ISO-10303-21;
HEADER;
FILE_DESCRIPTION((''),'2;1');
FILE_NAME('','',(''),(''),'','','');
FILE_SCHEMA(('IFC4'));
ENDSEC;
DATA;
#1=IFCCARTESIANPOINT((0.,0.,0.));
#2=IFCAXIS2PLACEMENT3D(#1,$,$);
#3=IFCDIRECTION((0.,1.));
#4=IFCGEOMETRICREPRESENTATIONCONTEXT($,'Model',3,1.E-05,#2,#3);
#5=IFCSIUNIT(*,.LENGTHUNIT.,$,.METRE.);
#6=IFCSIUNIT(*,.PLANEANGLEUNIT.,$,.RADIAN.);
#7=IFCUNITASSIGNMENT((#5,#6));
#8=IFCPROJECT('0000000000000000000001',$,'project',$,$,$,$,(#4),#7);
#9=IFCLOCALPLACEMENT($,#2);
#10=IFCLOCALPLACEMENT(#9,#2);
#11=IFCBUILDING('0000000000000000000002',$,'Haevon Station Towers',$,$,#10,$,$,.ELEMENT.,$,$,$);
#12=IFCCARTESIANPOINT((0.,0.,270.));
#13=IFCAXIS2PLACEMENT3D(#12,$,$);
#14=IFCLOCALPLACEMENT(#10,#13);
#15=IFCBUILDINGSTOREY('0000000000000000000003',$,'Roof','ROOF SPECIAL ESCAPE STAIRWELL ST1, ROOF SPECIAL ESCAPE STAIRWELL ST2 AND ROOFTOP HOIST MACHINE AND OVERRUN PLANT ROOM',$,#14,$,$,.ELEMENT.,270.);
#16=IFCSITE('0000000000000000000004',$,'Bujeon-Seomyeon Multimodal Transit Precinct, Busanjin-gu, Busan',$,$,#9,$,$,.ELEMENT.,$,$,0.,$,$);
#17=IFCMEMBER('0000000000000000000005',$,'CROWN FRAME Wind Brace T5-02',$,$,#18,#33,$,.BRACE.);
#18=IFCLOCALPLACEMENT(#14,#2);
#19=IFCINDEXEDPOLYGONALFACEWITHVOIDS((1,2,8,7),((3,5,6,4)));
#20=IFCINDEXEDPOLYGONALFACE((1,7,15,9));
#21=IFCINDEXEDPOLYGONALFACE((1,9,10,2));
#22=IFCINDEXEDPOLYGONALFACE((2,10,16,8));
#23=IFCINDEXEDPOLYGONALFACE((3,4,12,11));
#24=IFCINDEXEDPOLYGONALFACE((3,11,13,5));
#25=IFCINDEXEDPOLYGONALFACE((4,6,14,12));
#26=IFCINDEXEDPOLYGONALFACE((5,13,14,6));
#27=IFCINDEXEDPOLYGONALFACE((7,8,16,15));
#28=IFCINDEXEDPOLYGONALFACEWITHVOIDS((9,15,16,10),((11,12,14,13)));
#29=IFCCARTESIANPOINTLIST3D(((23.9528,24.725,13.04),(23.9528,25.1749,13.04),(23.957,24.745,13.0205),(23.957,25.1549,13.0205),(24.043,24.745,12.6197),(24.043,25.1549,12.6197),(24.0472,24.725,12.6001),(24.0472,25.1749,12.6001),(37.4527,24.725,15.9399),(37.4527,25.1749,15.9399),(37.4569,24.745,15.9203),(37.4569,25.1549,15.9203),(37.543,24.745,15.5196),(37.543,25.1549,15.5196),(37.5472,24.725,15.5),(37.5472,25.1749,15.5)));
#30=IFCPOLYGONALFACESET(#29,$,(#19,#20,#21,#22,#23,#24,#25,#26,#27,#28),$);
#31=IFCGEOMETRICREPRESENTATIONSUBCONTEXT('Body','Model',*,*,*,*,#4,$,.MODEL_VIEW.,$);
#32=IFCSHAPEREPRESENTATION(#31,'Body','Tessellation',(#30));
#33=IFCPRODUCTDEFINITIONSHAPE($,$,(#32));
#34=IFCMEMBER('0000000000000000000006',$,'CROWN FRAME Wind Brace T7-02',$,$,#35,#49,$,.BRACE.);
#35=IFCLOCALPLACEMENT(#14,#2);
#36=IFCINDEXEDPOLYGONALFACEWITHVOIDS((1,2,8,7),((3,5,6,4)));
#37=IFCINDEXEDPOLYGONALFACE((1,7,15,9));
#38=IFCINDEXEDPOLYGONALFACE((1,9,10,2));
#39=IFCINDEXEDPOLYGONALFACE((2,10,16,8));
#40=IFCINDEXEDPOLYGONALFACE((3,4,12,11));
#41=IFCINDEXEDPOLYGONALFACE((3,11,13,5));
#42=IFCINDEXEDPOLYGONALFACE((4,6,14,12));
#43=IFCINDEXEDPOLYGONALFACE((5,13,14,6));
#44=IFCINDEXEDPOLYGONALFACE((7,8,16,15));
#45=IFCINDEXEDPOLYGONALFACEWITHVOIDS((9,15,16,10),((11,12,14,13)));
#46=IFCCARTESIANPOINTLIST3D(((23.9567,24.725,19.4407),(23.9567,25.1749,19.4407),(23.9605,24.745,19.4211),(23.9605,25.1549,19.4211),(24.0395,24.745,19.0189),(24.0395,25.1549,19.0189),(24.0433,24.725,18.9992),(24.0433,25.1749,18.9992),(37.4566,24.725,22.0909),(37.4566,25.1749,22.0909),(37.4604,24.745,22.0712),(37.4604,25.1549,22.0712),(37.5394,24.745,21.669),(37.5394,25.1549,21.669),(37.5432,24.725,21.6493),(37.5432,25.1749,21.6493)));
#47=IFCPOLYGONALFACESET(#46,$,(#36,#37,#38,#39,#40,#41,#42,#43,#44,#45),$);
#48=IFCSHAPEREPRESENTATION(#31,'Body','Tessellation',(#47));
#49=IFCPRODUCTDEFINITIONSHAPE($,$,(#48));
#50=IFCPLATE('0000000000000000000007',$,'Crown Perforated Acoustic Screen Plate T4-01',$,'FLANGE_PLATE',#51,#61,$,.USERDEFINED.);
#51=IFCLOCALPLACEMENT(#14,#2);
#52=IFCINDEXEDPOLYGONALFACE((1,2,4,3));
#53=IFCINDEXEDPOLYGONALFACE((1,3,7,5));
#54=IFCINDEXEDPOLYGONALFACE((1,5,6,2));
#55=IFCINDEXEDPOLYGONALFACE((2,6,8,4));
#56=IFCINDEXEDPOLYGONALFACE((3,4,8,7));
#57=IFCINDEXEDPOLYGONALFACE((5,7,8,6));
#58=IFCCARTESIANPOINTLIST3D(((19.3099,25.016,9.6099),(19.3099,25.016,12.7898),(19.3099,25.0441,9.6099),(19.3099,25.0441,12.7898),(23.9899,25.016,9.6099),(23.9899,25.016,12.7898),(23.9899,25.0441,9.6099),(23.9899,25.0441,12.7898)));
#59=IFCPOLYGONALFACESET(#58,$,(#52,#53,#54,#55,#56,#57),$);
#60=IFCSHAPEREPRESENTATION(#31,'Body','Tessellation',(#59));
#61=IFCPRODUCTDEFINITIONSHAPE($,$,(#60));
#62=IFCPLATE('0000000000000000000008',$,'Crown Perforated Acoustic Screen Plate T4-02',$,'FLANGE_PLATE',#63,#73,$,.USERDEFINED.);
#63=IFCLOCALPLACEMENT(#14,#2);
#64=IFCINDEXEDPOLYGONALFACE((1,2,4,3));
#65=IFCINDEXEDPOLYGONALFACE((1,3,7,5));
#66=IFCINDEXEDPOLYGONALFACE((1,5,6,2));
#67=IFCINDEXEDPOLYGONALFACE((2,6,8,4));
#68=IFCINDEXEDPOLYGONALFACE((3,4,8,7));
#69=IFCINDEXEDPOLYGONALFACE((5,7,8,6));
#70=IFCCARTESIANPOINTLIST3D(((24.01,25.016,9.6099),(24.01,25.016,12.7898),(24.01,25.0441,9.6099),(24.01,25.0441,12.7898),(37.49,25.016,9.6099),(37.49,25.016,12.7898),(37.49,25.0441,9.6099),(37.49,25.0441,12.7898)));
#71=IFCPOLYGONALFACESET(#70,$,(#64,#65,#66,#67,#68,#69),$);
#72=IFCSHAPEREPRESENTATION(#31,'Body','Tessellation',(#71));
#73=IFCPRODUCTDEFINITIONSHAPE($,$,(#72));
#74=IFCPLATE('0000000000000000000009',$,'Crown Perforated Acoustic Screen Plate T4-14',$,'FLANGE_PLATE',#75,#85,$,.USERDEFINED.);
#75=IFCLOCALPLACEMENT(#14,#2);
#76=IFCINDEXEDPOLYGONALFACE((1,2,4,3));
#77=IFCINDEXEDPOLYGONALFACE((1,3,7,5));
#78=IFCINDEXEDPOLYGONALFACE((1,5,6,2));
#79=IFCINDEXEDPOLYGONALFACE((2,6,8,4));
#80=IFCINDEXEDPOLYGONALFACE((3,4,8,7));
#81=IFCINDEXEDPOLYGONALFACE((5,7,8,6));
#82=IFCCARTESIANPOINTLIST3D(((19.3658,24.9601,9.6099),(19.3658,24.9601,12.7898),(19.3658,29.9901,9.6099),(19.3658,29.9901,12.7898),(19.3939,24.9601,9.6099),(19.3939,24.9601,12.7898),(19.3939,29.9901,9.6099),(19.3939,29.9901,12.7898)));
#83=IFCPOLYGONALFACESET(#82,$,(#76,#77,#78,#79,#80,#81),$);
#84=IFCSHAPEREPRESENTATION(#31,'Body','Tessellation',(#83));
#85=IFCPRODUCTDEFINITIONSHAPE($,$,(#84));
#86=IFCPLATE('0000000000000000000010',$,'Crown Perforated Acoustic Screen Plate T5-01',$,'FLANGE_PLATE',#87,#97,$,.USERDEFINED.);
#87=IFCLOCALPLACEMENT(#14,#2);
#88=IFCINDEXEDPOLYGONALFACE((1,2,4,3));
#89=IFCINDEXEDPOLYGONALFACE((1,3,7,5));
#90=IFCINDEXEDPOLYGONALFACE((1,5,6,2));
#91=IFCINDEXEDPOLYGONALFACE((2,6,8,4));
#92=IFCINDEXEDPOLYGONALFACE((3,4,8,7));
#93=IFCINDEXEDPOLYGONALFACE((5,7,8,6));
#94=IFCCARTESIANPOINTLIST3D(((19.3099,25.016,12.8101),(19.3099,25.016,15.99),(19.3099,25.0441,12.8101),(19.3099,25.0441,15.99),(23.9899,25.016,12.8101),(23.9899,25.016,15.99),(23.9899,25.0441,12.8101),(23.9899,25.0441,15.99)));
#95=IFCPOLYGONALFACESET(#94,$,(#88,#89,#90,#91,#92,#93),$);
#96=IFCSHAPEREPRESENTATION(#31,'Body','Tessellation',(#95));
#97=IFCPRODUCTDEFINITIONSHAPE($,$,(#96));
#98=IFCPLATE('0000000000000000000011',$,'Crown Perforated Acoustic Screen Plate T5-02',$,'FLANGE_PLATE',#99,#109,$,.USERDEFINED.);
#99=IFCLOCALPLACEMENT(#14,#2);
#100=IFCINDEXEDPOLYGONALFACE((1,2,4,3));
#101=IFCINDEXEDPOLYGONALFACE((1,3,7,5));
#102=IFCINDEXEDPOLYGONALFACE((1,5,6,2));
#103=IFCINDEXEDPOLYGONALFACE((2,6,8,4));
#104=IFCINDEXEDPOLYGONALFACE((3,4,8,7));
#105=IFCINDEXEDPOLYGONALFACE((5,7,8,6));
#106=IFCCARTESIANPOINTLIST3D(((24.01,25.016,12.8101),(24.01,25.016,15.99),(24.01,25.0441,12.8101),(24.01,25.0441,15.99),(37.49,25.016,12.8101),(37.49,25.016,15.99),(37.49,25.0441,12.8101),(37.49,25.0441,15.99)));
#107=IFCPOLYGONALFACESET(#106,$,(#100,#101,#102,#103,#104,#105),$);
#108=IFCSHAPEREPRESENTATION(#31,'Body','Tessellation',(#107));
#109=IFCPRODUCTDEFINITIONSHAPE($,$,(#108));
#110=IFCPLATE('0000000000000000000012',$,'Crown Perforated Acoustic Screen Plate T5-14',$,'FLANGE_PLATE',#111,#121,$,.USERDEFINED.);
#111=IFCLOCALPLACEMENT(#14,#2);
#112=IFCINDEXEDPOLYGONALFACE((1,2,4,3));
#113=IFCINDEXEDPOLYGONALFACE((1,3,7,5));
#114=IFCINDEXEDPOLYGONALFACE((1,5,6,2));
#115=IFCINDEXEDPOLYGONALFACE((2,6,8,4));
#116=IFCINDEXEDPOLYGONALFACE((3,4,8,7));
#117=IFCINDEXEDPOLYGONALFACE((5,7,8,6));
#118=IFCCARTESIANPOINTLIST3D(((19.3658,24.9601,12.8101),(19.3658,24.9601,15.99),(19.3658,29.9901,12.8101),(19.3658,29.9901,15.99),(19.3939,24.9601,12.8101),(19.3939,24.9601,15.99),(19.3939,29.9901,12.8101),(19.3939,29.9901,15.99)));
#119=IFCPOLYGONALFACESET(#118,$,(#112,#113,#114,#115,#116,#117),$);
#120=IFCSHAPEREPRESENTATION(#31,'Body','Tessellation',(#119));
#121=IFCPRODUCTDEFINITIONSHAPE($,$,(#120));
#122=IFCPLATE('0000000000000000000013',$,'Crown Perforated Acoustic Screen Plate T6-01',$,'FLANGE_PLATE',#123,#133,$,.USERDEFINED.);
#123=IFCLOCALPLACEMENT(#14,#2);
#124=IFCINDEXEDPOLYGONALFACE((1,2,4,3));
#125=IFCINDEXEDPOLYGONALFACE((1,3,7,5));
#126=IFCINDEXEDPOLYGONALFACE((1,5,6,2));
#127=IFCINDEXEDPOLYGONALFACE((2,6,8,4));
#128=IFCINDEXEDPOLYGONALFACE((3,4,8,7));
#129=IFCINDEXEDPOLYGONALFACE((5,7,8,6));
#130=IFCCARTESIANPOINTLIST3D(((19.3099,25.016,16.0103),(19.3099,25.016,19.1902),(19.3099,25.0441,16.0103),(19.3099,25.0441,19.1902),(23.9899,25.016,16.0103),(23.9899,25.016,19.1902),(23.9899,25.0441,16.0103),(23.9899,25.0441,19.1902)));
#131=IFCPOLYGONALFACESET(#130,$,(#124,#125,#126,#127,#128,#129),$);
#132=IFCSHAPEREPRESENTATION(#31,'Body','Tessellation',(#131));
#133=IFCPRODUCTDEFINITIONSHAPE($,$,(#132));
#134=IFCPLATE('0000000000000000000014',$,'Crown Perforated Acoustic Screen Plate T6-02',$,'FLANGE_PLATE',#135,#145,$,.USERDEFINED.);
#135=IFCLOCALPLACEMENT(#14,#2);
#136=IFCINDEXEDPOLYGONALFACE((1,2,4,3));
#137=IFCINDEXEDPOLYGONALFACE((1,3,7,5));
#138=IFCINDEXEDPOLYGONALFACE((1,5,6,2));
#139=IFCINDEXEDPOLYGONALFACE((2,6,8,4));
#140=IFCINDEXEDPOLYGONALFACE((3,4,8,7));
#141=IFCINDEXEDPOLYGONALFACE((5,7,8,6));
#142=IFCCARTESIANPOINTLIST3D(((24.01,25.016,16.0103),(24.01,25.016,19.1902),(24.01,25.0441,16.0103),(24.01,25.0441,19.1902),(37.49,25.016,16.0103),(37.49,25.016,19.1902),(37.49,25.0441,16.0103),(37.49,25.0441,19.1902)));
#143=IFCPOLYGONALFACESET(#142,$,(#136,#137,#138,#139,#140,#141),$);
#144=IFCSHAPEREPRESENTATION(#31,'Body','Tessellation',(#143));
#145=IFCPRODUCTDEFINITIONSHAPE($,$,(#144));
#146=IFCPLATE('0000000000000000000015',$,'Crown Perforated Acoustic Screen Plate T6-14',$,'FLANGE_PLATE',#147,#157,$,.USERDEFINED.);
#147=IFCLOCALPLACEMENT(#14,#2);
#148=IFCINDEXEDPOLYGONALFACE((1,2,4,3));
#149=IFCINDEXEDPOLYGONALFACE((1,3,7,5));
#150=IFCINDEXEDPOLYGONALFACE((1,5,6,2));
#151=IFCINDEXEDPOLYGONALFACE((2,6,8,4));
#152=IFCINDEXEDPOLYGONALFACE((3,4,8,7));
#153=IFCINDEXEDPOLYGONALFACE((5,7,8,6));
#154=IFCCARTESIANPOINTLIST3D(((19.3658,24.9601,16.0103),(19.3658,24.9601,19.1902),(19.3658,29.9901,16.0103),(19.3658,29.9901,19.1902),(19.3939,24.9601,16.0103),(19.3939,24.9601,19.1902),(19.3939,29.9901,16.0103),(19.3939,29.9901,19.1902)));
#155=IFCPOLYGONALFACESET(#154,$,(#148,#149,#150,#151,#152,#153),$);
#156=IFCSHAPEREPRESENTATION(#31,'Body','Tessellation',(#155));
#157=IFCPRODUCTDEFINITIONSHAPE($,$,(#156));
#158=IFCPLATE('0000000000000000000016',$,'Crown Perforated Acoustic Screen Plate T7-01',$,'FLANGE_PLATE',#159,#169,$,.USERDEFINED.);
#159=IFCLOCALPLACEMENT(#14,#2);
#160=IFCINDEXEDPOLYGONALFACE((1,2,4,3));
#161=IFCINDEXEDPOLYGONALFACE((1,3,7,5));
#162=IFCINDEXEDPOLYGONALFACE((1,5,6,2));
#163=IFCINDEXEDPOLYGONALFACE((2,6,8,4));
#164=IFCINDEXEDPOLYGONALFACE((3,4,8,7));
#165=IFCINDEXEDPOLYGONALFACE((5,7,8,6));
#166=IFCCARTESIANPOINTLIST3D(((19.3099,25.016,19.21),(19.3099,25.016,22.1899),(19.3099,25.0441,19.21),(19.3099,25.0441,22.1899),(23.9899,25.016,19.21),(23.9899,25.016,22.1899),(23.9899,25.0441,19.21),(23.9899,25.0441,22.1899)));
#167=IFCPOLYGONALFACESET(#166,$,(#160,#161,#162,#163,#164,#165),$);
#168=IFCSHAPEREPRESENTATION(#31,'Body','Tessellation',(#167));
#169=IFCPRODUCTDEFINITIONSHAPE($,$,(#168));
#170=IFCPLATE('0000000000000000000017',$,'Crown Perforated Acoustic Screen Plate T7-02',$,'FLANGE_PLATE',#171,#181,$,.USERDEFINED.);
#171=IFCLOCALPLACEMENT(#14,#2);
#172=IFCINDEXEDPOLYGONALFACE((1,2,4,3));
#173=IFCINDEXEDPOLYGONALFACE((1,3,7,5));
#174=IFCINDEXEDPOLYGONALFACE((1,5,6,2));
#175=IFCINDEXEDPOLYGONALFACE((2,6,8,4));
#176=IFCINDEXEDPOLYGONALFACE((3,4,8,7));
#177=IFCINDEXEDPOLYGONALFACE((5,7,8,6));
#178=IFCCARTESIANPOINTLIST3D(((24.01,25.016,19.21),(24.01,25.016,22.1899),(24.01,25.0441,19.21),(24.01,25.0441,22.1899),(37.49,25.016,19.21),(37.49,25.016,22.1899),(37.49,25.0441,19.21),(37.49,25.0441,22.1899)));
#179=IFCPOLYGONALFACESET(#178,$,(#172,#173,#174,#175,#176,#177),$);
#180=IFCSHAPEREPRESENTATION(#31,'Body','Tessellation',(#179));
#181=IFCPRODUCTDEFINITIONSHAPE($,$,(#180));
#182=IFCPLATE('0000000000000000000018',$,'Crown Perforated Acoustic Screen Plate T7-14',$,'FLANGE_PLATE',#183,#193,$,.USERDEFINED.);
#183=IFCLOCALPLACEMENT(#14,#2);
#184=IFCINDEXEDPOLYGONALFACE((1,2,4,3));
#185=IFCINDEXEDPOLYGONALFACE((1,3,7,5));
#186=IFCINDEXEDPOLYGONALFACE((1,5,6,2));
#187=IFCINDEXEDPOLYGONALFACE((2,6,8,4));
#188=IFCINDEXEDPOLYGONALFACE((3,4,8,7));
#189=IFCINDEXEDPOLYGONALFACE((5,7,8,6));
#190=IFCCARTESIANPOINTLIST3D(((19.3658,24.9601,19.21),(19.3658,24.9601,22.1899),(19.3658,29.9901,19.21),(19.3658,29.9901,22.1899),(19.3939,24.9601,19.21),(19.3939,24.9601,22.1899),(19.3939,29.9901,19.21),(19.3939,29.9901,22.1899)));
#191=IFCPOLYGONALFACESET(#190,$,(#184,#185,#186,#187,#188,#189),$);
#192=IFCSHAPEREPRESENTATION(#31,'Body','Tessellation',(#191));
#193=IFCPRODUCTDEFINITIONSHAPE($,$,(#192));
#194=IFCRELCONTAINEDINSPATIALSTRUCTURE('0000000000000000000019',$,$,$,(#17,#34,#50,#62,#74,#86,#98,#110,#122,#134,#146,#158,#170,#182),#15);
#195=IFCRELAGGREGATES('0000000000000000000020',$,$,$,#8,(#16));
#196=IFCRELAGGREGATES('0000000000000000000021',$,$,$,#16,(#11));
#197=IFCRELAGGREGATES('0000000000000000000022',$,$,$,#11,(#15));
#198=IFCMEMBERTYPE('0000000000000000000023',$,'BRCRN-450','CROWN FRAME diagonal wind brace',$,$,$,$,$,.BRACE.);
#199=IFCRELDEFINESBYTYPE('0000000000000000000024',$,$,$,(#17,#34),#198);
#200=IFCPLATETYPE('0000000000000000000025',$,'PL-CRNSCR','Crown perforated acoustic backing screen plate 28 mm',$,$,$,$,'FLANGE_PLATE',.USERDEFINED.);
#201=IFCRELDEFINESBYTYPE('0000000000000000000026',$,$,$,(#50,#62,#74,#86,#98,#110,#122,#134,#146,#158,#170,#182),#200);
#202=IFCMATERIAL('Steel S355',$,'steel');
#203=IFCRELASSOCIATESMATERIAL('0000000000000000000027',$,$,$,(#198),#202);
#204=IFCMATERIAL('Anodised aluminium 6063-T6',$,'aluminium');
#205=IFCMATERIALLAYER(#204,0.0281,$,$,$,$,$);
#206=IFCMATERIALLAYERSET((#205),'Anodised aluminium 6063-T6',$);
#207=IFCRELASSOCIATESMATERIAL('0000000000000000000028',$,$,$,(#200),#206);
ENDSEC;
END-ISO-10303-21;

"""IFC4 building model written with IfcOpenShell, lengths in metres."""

from ifc_helpers import new_model, si_unit, direction, frame, origin, origin_2d, place, context, subcontext, project, spatial, rectangle, hollow_rectangle, extrude, material, layer, layer_set, material_profile, profile_set, type_object, element, save


model = new_model("IFC4")

# Units and contexts
model_context = context("Model", 3, precision=1e-05, world=origin(), true_north=direction((0.0, 1.0)))
body_context = subcontext(model_context, "Body", "Model", "MODEL_VIEW")
ifc_project = project(units=[si_unit("LENGTHUNIT", "METRE"), si_unit("PLANEANGLEUNIT", "RADIAN")], contexts=[model_context])

# Site, building, storey
site_placement = place(None, origin())
site = spatial("IfcSite", under=ifc_project, at=site_placement, Name="Bujeon-Seomyeon Multimodal Transit Precinct, Busanjin-gu, Busan", CompositionType="ELEMENT", RefElevation=0.0)
building_placement = place(site_placement, origin())
building = spatial("IfcBuilding", under=site, at=building_placement, Name="Haevon Station Towers", CompositionType="ELEMENT")
storey_placement = place(building_placement, frame((0.0, 0.0, 270.0)))
storey = spatial("IfcBuildingStorey", under=building, at=storey_placement, Name="Roof", Description="ROOF SPECIAL ESCAPE STAIRWELL ST1, ROOF SPECIAL ESCAPE STAIRWELL ST2 AND ROOFTOP HOIST MACHINE AND OVERRUN PLANT ROOM", CompositionType="ELEMENT", Elevation=270.0)

# Shared definitions
ifc_material_1 = material(Name="Steel S355", Category="steel")

# Members
ifc_material_profile_1 = material_profile(ifc_material_1, hollow_rectangle(XDim=0.45, YDim=0.45, WallThickness=0.02, at=origin_2d()), Name="RHS-450x450x20")
ifc_profile_set_1 = profile_set([ifc_material_profile_1], Name="Steel S355")
member_type = type_object("IfcMemberType", Name="BRCRN-450", Description="CROWN FRAME diagonal wind brace", PredefinedType="BRACE", material=ifc_profile_set_1)
member_1_placement = place(storey_placement, frame((24.0, 24.95, 12.8201), z_axis=(0.977698, 0.0, 0.210017), x_axis=(0.0, 1.0, 0.0)))
element("IfcMember", 1, at=member_1_placement, inside=storey, type_object=member_type, Name="CROWN FRAME Wind Brace T5-02", PredefinedType="BRACE", context=body_context, shape_type="SweptSolid", body=[
    extrude(hollow_rectangle(XDim=0.45, YDim=0.45, WallThickness=0.02, at=origin_2d()), origin(), (0.0, 0.0, 1.0), 13.8079),
])
member_2_placement = place(storey_placement, frame((24.0, 24.95, 19.22), z_axis=(0.981271, 0.0, 0.192631), x_axis=(0.0, 1.0, 0.0)))
element("IfcMember", 2, at=member_2_placement, inside=storey, type_object=member_type, Name="CROWN FRAME Wind Brace T7-02", PredefinedType="BRACE", context=body_context, shape_type="SweptSolid", body=[
    extrude(hollow_rectangle(XDim=0.45, YDim=0.45, WallThickness=0.02, at=origin_2d()), origin(), (0.0, 0.0, 1.0), 13.7576),
])

# Plates
ifc_material_2 = material(Name="Anodised aluminium 6063-T6", Category="aluminium")
ifc_layer_1 = layer(ifc_material_2, 0.0281)
ifc_layer_set_1 = layer_set([ifc_layer_1], Name="Anodised aluminium 6063-T6")
plate_type_1 = type_object("IfcPlateType", Name="PL-CRNSCR", Description="Crown perforated acoustic backing screen plate 28 mm", ElementType="FLANGE_PLATE", PredefinedType="USERDEFINED", material=ifc_layer_set_1)
plate_1_placement = place(storey_placement, frame((21.6499, 25.03, 9.6099), z_axis=(0.0, 0.0, 1.0), x_axis=(1.0, 0.0, 0.0)))
element("IfcPlate", 3, at=plate_1_placement, inside=storey, type_object=plate_type_1, Name="Crown Perforated Acoustic Screen Plate T4-01", ObjectType="FLANGE_PLATE", PredefinedType="USERDEFINED", context=body_context, shape_type="SweptSolid", body=[
    extrude(rectangle(XDim=4.6799, YDim=0.0281, at=origin_2d()), origin(), (0.0, 0.0, 1.0), 3.1799),
])
plate_2_placement = place(storey_placement, frame((30.75, 25.03, 9.6099), z_axis=(0.0, 0.0, 1.0), x_axis=(1.0, 0.0, 0.0)))
element("IfcPlate", 4, at=plate_2_placement, inside=storey, type_object=plate_type_1, Name="Crown Perforated Acoustic Screen Plate T4-02", ObjectType="FLANGE_PLATE", PredefinedType="USERDEFINED", context=body_context, shape_type="SweptSolid", body=[
    extrude(rectangle(XDim=13.48, YDim=0.0281, at=origin_2d()), origin(), (0.0, 0.0, 1.0), 3.1799),
])
plate_3_placement = place(storey_placement, frame((19.3799, 27.4751, 9.6099), z_axis=(0.0, 0.0, 1.0), x_axis=(0.0, -1.0, 0.0)))
element("IfcPlate", 5, at=plate_3_placement, inside=storey, type_object=plate_type_1, Name="Crown Perforated Acoustic Screen Plate T4-14", ObjectType="FLANGE_PLATE", PredefinedType="USERDEFINED", context=body_context, shape_type="SweptSolid", body=[
    extrude(rectangle(XDim=5.03, YDim=0.0281, at=origin_2d()), origin(), (0.0, 0.0, 1.0), 3.1799),
])
plate_4_placement = place(storey_placement, frame((21.6499, 25.03, 12.8101), z_axis=(0.0, 0.0, 1.0), x_axis=(1.0, 0.0, 0.0)))
element("IfcPlate", 6, at=plate_4_placement, inside=storey, type_object=plate_type_1, Name="Crown Perforated Acoustic Screen Plate T5-01", ObjectType="FLANGE_PLATE", PredefinedType="USERDEFINED", context=body_context, shape_type="SweptSolid", body=[
    extrude(rectangle(XDim=4.6799, YDim=0.0281, at=origin_2d()), origin(), (0.0, 0.0, 1.0), 3.1799),
])
plate_5_placement = place(storey_placement, frame((30.75, 25.03, 12.8101), z_axis=(0.0, 0.0, 1.0), x_axis=(1.0, 0.0, 0.0)))
element("IfcPlate", 7, at=plate_5_placement, inside=storey, type_object=plate_type_1, Name="Crown Perforated Acoustic Screen Plate T5-02", ObjectType="FLANGE_PLATE", PredefinedType="USERDEFINED", context=body_context, shape_type="SweptSolid", body=[
    extrude(rectangle(XDim=13.48, YDim=0.0281, at=origin_2d()), origin(), (0.0, 0.0, 1.0), 3.1799),
])
plate_6_placement = place(storey_placement, frame((19.3799, 27.4751, 12.8101), z_axis=(0.0, 0.0, 1.0), x_axis=(0.0, -1.0, 0.0)))
element("IfcPlate", 8, at=plate_6_placement, inside=storey, type_object=plate_type_1, Name="Crown Perforated Acoustic Screen Plate T5-14", ObjectType="FLANGE_PLATE", PredefinedType="USERDEFINED", context=body_context, shape_type="SweptSolid", body=[
    extrude(rectangle(XDim=5.03, YDim=0.0281, at=origin_2d()), origin(), (0.0, 0.0, 1.0), 3.1799),
])
plate_7_placement = place(storey_placement, frame((21.6499, 25.03, 16.0103), z_axis=(0.0, 0.0, 1.0), x_axis=(1.0, 0.0, 0.0)))
element("IfcPlate", 9, at=plate_7_placement, inside=storey, type_object=plate_type_1, Name="Crown Perforated Acoustic Screen Plate T6-01", ObjectType="FLANGE_PLATE", PredefinedType="USERDEFINED", context=body_context, shape_type="SweptSolid", body=[
    extrude(rectangle(XDim=4.6799, YDim=0.0281, at=origin_2d()), origin(), (0.0, 0.0, 1.0), 3.1799),
])
plate_8_placement = place(storey_placement, frame((30.75, 25.03, 16.0103), z_axis=(0.0, 0.0, 1.0), x_axis=(1.0, 0.0, 0.0)))
element("IfcPlate", 10, at=plate_8_placement, inside=storey, type_object=plate_type_1, Name="Crown Perforated Acoustic Screen Plate T6-02", ObjectType="FLANGE_PLATE", PredefinedType="USERDEFINED", context=body_context, shape_type="SweptSolid", body=[
    extrude(rectangle(XDim=13.48, YDim=0.0281, at=origin_2d()), origin(), (0.0, 0.0, 1.0), 3.1799),
])
plate_9_placement = place(storey_placement, frame((19.3799, 27.4751, 16.0103), z_axis=(0.0, 0.0, 1.0), x_axis=(0.0, -1.0, 0.0)))
element("IfcPlate", 11, at=plate_9_placement, inside=storey, type_object=plate_type_1, Name="Crown Perforated Acoustic Screen Plate T6-14", ObjectType="FLANGE_PLATE", PredefinedType="USERDEFINED", context=body_context, shape_type="SweptSolid", body=[
    extrude(rectangle(XDim=5.03, YDim=0.0281, at=origin_2d()), origin(), (0.0, 0.0, 1.0), 3.1799),
])
plate_10_placement = place(storey_placement, frame((21.6499, 25.03, 19.21), z_axis=(0.0, 0.0, 1.0), x_axis=(1.0, 0.0, 0.0)))
element("IfcPlate", 12, at=plate_10_placement, inside=storey, type_object=plate_type_1, Name="Crown Perforated Acoustic Screen Plate T7-01", ObjectType="FLANGE_PLATE", PredefinedType="USERDEFINED", context=body_context, shape_type="SweptSolid", body=[
    extrude(rectangle(XDim=4.6799, YDim=0.0281, at=origin_2d()), origin(), (0.0, 0.0, 1.0), 2.98),
])
plate_11_placement = place(storey_placement, frame((30.75, 25.03, 19.21), z_axis=(0.0, 0.0, 1.0), x_axis=(1.0, 0.0, 0.0)))
element("IfcPlate", 13, at=plate_11_placement, inside=storey, type_object=plate_type_1, Name="Crown Perforated Acoustic Screen Plate T7-02", ObjectType="FLANGE_PLATE", PredefinedType="USERDEFINED", context=body_context, shape_type="SweptSolid", body=[
    extrude(rectangle(XDim=13.48, YDim=0.0281, at=origin_2d()), origin(), (0.0, 0.0, 1.0), 2.98),
])
plate_12_placement = place(storey_placement, frame((19.3799, 27.4751, 19.21), z_axis=(0.0, 0.0, 1.0), x_axis=(0.0, -1.0, 0.0)))
element("IfcPlate", 14, at=plate_12_placement, inside=storey, type_object=plate_type_1, Name="Crown Perforated Acoustic Screen Plate T7-14", ObjectType="FLANGE_PLATE", PredefinedType="USERDEFINED", context=body_context, shape_type="SweptSolid", body=[
    extrude(rectangle(XDim=5.03, YDim=0.0281, at=origin_2d()), origin(), (0.0, 0.0, 1.0), 2.98),
])

save(model, "model.ifc")
